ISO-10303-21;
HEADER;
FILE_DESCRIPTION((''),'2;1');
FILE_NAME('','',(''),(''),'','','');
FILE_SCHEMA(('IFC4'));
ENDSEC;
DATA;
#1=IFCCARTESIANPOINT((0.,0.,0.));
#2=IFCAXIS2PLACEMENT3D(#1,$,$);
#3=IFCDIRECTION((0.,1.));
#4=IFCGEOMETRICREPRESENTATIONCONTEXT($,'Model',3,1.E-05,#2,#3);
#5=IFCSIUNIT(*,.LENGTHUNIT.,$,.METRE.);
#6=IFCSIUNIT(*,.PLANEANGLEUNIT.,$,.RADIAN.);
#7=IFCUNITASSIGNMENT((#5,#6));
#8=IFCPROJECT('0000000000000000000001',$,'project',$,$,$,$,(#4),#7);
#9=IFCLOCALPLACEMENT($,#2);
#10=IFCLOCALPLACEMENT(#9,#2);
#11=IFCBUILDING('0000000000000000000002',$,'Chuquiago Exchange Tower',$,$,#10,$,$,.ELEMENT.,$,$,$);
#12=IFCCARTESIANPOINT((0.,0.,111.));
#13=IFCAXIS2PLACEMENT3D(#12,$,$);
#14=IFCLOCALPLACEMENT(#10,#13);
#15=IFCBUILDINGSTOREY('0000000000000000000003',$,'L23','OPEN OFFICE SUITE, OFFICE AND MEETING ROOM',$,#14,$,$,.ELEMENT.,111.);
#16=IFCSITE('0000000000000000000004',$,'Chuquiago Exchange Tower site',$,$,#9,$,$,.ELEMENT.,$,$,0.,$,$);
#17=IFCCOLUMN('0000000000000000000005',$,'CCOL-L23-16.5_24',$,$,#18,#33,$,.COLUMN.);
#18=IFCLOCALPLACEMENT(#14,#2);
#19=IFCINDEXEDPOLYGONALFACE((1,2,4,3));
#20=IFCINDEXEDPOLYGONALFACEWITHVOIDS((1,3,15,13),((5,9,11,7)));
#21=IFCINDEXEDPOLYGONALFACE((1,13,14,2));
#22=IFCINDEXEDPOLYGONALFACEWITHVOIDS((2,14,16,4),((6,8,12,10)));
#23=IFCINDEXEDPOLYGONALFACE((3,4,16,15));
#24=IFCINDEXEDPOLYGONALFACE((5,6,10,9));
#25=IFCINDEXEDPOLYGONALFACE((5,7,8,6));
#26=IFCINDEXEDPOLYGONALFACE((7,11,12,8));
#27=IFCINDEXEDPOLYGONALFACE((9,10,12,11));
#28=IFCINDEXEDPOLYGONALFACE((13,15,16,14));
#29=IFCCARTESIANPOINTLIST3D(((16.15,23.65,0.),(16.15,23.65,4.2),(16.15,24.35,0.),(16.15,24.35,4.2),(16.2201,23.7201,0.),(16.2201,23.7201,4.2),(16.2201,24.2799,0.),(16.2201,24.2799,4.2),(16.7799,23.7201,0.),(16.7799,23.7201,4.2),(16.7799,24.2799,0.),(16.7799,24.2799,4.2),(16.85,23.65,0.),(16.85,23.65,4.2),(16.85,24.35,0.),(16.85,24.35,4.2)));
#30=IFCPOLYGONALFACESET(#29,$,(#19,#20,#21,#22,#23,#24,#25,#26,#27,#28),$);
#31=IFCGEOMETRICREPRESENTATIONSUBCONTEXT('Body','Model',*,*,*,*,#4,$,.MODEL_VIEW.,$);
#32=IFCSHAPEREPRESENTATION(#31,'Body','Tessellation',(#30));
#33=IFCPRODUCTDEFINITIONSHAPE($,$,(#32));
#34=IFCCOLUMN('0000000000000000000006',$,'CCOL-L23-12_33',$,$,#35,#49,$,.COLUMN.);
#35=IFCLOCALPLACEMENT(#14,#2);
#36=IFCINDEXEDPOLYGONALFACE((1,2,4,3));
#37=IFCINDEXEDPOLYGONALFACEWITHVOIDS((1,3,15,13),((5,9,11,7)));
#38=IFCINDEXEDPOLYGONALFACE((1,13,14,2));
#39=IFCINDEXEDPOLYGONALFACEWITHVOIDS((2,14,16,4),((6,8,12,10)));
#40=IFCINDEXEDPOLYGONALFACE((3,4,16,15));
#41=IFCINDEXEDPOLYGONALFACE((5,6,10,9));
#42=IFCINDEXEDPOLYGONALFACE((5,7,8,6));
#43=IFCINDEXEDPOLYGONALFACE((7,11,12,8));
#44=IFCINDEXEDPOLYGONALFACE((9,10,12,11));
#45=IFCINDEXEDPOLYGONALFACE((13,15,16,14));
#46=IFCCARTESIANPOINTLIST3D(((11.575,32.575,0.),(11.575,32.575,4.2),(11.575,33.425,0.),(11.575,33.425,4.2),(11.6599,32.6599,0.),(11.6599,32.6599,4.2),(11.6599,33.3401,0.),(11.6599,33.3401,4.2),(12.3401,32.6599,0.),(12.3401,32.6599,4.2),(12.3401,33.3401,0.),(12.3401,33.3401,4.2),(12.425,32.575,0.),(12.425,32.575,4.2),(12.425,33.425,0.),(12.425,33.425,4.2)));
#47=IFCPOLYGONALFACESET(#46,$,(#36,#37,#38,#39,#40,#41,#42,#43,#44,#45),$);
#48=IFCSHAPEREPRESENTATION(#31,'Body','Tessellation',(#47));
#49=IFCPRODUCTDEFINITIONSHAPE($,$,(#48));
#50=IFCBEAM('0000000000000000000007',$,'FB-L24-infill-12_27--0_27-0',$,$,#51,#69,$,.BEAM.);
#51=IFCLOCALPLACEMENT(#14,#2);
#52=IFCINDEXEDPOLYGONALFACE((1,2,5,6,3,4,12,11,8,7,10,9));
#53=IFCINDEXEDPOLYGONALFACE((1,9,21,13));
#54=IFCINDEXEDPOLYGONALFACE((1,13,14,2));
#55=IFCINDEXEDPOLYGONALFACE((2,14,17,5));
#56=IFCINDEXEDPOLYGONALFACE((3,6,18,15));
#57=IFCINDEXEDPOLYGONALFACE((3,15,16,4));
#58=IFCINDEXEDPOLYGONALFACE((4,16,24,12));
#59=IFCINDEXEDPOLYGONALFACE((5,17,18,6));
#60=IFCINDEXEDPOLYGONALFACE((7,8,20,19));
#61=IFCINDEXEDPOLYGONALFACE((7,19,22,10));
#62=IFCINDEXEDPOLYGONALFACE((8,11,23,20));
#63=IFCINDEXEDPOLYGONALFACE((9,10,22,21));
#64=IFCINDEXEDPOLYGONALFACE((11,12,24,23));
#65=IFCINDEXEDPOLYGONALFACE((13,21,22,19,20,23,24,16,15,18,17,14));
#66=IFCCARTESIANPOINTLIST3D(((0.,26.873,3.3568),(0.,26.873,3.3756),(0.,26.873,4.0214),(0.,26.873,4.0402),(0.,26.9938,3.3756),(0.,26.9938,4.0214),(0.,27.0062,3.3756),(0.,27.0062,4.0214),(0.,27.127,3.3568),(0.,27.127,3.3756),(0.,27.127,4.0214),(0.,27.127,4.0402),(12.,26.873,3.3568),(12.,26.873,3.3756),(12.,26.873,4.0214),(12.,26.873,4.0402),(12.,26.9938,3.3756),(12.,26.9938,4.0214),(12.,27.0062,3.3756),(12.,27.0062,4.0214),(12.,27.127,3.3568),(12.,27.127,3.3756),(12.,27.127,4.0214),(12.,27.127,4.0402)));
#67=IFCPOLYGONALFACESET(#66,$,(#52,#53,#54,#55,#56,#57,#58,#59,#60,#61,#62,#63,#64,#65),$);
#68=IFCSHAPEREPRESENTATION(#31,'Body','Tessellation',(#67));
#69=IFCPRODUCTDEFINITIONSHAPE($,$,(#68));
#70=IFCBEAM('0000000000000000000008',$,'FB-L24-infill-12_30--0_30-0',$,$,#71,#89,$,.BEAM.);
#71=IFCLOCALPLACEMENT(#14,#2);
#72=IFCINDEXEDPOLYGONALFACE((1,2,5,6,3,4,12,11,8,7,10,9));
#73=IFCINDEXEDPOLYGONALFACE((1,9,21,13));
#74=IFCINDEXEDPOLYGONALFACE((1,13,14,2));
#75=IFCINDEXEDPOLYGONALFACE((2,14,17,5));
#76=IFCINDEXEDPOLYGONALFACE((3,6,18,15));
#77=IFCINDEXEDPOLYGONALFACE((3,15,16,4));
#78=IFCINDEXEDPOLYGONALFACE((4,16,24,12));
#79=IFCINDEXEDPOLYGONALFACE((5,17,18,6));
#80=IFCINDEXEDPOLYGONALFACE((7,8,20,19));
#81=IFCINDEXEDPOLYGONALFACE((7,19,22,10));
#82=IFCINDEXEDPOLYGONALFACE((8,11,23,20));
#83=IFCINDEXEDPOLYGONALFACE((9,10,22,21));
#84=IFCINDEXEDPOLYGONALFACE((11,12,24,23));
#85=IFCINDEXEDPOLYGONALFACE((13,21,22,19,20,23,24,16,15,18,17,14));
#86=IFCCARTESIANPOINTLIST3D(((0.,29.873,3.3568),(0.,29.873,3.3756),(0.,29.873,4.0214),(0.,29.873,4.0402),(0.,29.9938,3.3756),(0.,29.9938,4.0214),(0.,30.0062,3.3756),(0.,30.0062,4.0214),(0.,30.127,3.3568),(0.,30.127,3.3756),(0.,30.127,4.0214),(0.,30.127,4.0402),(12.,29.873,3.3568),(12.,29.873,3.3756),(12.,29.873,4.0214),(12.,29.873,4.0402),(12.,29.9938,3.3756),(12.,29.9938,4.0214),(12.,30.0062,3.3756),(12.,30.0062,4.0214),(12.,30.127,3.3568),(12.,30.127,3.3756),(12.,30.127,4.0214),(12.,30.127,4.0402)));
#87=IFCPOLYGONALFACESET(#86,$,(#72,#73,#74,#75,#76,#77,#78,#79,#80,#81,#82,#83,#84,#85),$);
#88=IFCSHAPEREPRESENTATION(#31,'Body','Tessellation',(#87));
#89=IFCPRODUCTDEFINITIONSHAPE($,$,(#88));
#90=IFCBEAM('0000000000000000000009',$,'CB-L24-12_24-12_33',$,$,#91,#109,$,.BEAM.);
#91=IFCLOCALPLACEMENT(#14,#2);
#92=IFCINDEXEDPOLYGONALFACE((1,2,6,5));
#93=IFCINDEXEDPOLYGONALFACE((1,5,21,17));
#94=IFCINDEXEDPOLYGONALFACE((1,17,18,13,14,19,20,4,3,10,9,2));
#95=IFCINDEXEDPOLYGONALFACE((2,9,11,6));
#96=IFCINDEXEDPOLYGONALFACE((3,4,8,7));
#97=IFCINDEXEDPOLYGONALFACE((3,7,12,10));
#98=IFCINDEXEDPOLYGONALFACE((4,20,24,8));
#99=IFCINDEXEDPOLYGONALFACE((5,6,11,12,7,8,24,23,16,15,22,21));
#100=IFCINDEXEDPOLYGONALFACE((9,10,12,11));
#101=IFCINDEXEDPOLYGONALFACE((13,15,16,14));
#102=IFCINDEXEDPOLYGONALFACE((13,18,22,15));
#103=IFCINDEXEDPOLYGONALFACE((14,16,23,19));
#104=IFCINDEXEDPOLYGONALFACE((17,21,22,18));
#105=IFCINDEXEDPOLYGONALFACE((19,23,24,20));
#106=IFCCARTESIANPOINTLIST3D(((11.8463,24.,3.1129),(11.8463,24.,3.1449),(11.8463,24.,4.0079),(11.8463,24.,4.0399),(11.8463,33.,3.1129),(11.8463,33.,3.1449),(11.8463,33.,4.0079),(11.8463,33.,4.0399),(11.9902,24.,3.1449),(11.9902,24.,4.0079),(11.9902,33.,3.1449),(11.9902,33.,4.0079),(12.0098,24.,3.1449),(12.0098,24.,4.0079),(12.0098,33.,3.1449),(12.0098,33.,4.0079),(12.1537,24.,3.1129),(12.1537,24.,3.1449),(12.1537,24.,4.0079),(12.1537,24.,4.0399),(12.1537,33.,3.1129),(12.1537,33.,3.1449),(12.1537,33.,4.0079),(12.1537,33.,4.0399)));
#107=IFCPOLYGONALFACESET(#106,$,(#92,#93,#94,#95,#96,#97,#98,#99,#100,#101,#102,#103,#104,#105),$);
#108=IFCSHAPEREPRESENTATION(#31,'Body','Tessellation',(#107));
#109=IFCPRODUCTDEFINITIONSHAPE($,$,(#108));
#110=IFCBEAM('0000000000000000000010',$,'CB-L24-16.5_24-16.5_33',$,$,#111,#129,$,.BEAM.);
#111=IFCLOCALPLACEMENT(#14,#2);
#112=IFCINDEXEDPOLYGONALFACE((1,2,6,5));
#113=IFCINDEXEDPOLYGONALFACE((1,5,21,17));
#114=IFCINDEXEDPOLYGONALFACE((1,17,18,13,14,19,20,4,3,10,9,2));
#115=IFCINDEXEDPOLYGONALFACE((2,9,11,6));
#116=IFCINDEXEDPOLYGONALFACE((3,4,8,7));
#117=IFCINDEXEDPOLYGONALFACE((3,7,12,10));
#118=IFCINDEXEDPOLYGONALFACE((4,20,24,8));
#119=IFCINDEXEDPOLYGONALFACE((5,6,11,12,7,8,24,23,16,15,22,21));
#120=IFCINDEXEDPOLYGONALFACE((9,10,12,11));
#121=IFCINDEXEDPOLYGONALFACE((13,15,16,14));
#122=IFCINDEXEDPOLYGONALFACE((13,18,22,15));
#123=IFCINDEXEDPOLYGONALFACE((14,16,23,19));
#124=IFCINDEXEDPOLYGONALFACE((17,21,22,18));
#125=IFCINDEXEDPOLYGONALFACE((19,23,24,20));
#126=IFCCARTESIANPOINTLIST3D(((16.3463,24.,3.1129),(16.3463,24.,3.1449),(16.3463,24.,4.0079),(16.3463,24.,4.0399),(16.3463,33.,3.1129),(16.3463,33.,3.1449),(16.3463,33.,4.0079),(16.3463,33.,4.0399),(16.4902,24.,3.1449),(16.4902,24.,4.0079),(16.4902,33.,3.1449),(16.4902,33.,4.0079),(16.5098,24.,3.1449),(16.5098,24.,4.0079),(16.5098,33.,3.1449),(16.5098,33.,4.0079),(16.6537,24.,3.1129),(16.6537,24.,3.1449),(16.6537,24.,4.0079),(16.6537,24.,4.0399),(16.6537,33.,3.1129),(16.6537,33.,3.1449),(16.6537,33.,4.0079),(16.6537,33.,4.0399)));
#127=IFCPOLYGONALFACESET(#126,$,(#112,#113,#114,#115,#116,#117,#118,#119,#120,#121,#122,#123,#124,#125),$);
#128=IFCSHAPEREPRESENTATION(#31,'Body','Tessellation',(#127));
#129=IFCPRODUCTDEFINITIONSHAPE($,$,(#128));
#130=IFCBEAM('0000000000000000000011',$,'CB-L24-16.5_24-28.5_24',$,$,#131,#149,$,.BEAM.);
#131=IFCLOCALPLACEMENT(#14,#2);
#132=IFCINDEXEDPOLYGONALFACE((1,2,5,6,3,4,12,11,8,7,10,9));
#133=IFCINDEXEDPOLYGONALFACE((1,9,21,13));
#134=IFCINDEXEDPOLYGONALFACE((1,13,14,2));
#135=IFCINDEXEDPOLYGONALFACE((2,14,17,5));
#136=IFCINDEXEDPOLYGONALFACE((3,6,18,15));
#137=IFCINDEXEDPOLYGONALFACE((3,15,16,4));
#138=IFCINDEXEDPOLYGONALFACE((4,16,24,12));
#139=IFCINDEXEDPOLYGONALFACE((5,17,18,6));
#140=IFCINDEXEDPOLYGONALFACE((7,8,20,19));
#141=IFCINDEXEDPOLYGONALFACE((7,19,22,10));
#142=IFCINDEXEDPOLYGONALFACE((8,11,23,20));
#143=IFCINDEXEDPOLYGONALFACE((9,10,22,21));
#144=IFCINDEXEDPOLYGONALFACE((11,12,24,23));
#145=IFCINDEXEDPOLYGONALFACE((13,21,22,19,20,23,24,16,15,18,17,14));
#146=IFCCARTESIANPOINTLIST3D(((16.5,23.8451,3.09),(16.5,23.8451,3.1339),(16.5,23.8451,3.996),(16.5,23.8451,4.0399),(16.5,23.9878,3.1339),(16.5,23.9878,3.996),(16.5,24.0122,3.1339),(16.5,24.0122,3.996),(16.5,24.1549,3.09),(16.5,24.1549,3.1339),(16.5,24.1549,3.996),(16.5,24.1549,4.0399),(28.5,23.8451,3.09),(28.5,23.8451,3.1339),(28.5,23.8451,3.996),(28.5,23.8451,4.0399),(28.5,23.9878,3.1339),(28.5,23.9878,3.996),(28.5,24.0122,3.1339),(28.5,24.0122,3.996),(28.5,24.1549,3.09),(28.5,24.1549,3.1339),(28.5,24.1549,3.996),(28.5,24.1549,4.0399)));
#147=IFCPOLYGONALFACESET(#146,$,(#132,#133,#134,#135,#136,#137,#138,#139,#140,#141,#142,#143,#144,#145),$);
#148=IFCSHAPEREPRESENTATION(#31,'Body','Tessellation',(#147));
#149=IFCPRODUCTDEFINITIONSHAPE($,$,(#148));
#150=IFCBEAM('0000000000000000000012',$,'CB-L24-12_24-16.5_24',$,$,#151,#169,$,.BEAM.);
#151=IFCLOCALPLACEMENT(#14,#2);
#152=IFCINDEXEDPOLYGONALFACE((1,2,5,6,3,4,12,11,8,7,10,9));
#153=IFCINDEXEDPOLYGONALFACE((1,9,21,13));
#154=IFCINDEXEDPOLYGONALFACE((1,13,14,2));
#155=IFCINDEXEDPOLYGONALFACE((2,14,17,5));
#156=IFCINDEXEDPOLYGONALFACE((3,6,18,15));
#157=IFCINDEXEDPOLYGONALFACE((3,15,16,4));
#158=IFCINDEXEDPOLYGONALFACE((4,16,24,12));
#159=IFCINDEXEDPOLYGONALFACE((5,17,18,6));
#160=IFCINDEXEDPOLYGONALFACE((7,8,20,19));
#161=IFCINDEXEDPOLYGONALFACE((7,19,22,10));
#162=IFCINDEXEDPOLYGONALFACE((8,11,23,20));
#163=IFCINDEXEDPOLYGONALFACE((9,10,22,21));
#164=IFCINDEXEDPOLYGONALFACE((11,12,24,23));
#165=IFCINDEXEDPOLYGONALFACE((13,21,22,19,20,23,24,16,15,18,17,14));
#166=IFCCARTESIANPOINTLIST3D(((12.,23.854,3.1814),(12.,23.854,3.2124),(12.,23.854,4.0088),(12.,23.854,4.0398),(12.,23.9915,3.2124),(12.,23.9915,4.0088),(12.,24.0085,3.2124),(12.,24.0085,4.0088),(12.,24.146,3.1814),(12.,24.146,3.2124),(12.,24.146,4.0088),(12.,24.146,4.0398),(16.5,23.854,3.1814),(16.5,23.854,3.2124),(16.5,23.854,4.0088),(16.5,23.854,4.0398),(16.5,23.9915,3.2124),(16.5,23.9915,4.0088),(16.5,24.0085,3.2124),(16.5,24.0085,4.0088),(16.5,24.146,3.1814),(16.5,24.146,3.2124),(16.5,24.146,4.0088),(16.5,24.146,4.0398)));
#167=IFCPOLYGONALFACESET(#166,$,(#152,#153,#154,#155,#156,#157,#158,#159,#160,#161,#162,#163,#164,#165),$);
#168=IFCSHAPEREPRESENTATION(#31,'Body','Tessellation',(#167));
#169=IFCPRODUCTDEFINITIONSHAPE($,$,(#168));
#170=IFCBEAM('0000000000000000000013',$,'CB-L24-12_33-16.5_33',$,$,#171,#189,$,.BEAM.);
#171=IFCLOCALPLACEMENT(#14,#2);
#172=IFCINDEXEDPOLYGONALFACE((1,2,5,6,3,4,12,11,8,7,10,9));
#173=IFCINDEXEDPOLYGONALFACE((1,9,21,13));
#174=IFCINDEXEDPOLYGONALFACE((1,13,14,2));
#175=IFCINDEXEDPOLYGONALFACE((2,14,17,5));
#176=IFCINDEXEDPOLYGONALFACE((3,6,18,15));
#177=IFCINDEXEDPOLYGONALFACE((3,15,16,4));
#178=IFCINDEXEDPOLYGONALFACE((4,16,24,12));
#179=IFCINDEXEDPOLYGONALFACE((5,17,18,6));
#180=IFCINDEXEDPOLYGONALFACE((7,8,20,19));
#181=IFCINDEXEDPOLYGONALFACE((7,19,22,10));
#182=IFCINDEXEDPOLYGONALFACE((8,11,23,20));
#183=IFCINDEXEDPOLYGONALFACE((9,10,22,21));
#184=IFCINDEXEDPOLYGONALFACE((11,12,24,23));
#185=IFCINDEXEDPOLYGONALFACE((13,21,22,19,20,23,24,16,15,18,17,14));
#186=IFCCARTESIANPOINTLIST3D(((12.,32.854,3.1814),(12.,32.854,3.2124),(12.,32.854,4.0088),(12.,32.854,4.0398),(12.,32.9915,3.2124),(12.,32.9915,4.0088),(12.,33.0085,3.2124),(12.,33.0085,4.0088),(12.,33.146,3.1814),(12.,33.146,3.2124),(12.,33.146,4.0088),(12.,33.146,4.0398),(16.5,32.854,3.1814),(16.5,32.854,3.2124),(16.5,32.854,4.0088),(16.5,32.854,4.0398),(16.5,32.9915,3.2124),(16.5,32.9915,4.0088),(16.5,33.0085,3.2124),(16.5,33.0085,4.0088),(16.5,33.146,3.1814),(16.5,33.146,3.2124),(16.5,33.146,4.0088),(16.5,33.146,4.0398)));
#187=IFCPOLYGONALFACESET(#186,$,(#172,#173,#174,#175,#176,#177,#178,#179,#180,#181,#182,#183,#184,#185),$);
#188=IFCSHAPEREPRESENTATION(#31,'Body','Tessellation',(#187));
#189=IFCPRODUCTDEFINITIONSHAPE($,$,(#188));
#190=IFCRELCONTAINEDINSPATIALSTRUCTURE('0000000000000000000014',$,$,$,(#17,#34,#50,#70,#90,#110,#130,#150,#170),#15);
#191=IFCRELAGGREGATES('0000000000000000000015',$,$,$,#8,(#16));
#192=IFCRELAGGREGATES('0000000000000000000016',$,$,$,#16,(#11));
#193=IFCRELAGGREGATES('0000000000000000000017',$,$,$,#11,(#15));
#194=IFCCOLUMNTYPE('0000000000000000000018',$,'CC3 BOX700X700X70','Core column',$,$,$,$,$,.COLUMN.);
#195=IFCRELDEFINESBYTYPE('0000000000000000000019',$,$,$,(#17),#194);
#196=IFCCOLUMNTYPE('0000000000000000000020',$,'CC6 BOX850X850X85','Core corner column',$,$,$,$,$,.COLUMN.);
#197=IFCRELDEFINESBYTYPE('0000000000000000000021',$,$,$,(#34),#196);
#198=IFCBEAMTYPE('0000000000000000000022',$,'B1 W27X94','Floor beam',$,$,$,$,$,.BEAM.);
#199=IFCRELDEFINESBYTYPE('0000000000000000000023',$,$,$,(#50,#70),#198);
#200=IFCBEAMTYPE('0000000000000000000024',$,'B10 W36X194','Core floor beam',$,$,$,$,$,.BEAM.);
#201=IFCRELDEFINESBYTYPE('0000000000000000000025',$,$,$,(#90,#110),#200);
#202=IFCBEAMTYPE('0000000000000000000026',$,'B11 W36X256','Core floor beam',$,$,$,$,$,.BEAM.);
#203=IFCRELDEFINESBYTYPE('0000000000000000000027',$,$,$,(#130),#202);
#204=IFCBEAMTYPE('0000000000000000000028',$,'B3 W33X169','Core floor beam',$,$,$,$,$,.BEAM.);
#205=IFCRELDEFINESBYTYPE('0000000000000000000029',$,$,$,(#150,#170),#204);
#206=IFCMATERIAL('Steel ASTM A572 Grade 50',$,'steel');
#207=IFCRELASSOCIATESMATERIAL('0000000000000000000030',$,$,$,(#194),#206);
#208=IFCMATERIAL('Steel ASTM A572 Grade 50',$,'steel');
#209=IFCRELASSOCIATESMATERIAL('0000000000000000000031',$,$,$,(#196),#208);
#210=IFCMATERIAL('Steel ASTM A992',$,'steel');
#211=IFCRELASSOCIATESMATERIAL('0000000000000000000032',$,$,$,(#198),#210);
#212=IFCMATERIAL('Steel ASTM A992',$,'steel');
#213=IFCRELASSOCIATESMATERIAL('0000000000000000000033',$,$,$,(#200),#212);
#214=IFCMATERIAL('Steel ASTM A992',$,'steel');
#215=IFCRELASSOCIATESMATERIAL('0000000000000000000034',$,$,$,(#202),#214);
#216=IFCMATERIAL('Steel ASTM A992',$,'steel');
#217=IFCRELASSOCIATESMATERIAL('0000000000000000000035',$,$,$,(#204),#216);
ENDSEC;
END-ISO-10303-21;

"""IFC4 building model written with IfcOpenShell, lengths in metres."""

from ifc_helpers import new_model, si_unit, direction, frame, origin, origin_2d, place, context, subcontext, project, spatial, hollow_rectangle, i_section, extrude, material, material_profile, profile_set, type_object, element, save


model = new_model("IFC4")

# Units and contexts
model_context = context("Model", 3, precision=1e-05, world=origin(), true_north=direction((0.0, 1.0)))
body_context = subcontext(model_context, "Body", "Model", "MODEL_VIEW")
ifc_project = project(units=[si_unit("LENGTHUNIT", "METRE"), si_unit("PLANEANGLEUNIT", "RADIAN")], contexts=[model_context])

# Site, building, storey
site_placement = place(None, origin())
site = spatial("IfcSite", under=ifc_project, at=site_placement, Name="Chuquiago Exchange Tower site", CompositionType="ELEMENT", RefElevation=0.0)
building_placement = place(site_placement, origin())
building = spatial("IfcBuilding", under=site, at=building_placement, Name="Chuquiago Exchange Tower", CompositionType="ELEMENT")
storey_placement = place(building_placement, frame((0.0, 0.0, 111.0)))
storey = spatial("IfcBuildingStorey", under=building, at=storey_placement, Name="L23", Description="OPEN OFFICE SUITE, OFFICE AND MEETING ROOM", CompositionType="ELEMENT", Elevation=111.0)

# Columns
ifc_material_1 = material(Name="Steel ASTM A572 Grade 50", Category="steel")
ifc_material_profile_1 = material_profile(ifc_material_1, hollow_rectangle(XDim=0.7, YDim=0.7, WallThickness=0.0701, at=origin_2d()), Name="BOX700X700X70")
ifc_profile_set_1 = profile_set([ifc_material_profile_1], Name="Steel ASTM A572 Grade 50")
column_type_1 = type_object("IfcColumnType", Name="CC3 BOX700X700X70", Description="Core column", PredefinedType="COLUMN", material=ifc_profile_set_1)
column_1_placement = place(storey_placement, frame((16.5, 24.0, 0.0), z_axis=(0.0, 0.0, 1.0), x_axis=(1.0, 0.0, 0.0)))
element("IfcColumn", 1, at=column_1_placement, inside=storey, type_object=column_type_1, Name="CCOL-L23-16.5_24", PredefinedType="COLUMN", context=body_context, shape_type="SweptSolid", body=[
    extrude(hollow_rectangle(XDim=0.7, YDim=0.7, WallThickness=0.0701, at=origin_2d()), origin(), (0.0, 0.0, 1.0), 4.2),
])
ifc_material_2 = material(Name="Steel ASTM A572 Grade 50", Category="steel")
ifc_material_profile_2 = material_profile(ifc_material_2, hollow_rectangle(XDim=0.8501, YDim=0.8501, WallThickness=0.085, at=origin_2d()), Name="BOX850X850X85")
ifc_profile_set_2 = profile_set([ifc_material_profile_2], Name="Steel ASTM A572 Grade 50")
column_type_2 = type_object("IfcColumnType", Name="CC6 BOX850X850X85", Description="Core corner column", PredefinedType="COLUMN", material=ifc_profile_set_2)
column_2_placement = place(storey_placement, frame((12.0, 33.0, 0.0), z_axis=(0.0, 0.0, 1.0), x_axis=(1.0, 0.0, 0.0)))
element("IfcColumn", 2, at=column_2_placement, inside=storey, type_object=column_type_2, Name="CCOL-L23-12_33", PredefinedType="COLUMN", context=body_context, shape_type="SweptSolid", body=[
    extrude(hollow_rectangle(XDim=0.8501, YDim=0.8501, WallThickness=0.085, at=origin_2d()), origin(), (0.0, 0.0, 1.0), 4.2),
])

# Beams
ifc_material_3 = material(Name="Steel ASTM A992", Category="steel")
ifc_material_profile_3 = material_profile(ifc_material_3, i_section(OverallWidth=0.2539, OverallDepth=0.6833, WebThickness=0.0125, FlangeThickness=0.0188, at=origin_2d()), Name="W27X94")
ifc_profile_set_3 = profile_set([ifc_material_profile_3], Name="Steel ASTM A992")
beam_type_1 = type_object("IfcBeamType", Name="B1 W27X94", Description="Floor beam", PredefinedType="BEAM", material=ifc_profile_set_3)
for number, where, z_axis, x_axis, name in (
    (3, (12.0, 27.0, 3.6985), (-1.0, 0.0, 0.0), (0.0, -1.0, 0.0), "FB-L24-infill-12_27--0_27-0"),
    (4, (12.0, 30.0, 3.6985), (-1.0, 0.0, 0.0), (0.0, -1.0, 0.0), "FB-L24-infill-12_30--0_30-0"),
):
    element("IfcBeam", number, at=place(storey_placement, frame(where, z_axis=z_axis, x_axis=x_axis)), inside=storey, type_object=beam_type_1, Name=name, PredefinedType="BEAM", context=body_context, shape_type="SweptSolid", body=[
        extrude(i_section(OverallWidth=0.2539, OverallDepth=0.6833, WebThickness=0.0125, FlangeThickness=0.0188, at=origin_2d()), origin(), (0.0, 0.0, 1.0), 12.0),
    ])
ifc_material_4 = material(Name="Steel ASTM A992", Category="steel")
ifc_material_profile_4 = material_profile(ifc_material_4, i_section(OverallWidth=0.3074, OverallDepth=0.927, WebThickness=0.0195, FlangeThickness=0.032, at=origin_2d()), Name="W36X194")
ifc_profile_set_4 = profile_set([ifc_material_profile_4], Name="Steel ASTM A992")
beam_type_2 = type_object("IfcBeamType", Name="B10 W36X194", Description="Core floor beam", PredefinedType="BEAM", material=ifc_profile_set_4)
for number, where, z_axis, x_axis, name in (
    (5, (12.0, 24.0, 3.5764), (0.0, 1.0, 0.0), (-1.0, 0.0, 0.0), "CB-L24-12_24-12_33"),
    (6, (16.5, 24.0, 3.5764), (0.0, 1.0, 0.0), (-1.0, 0.0, 0.0), "CB-L24-16.5_24-16.5_33"),
):
    element("IfcBeam", number, at=place(storey_placement, frame(where, z_axis=z_axis, x_axis=x_axis)), inside=storey, type_object=beam_type_2, Name=name, PredefinedType="BEAM", context=body_context, shape_type="SweptSolid", body=[
        extrude(i_section(OverallWidth=0.3074, OverallDepth=0.927, WebThickness=0.0195, FlangeThickness=0.032, at=origin_2d()), origin(), (0.0, 0.0, 1.0), 9.0),
    ])
ifc_material_5 = material(Name="Steel ASTM A992", Category="steel")
ifc_material_profile_5 = material_profile(ifc_material_5, i_section(OverallWidth=0.3098, OverallDepth=0.95, WebThickness=0.0244, FlangeThickness=0.0439, at=origin_2d()), Name="W36X256")
ifc_profile_set_5 = profile_set([ifc_material_profile_5], Name="Steel ASTM A992")
beam_type_3 = type_object("IfcBeamType", Name="B11 W36X256", Description="Core floor beam", PredefinedType="BEAM", material=ifc_profile_set_5)
beam_placement = place(storey_placement, frame((16.5, 24.0, 3.5649), z_axis=(1.0, 0.0, 0.0), x_axis=(0.0, 1.0, 0.0)))
element("IfcBeam", 7, at=beam_placement, inside=storey, type_object=beam_type_3, Name="CB-L24-16.5_24-28.5_24", PredefinedType="BEAM", context=body_context, shape_type="SweptSolid", body=[
    extrude(i_section(OverallWidth=0.3098, OverallDepth=0.95, WebThickness=0.0244, FlangeThickness=0.0439, at=origin_2d()), origin(), (0.0, 0.0, 1.0), 12.0),
])
ifc_material_6 = material(Name="Steel ASTM A992", Category="steel")
ifc_material_profile_6 = material_profile(ifc_material_6, i_section(OverallWidth=0.292, OverallDepth=0.8584, WebThickness=0.0171, FlangeThickness=0.031, at=origin_2d()), Name="W33X169")
ifc_profile_set_6 = profile_set([ifc_material_profile_6], Name="Steel ASTM A992")
beam_type_4 = type_object("IfcBeamType", Name="B3 W33X169", Description="Core floor beam", PredefinedType="BEAM", material=ifc_profile_set_6)
for number, where, z_axis, x_axis, name in (
    (8, (12.0, 24.0, 3.6106), (1.0, 0.0, 0.0), (0.0, 1.0, 0.0), "CB-L24-12_24-16.5_24"),
    (9, (12.0, 33.0, 3.6106), (1.0, 0.0, 0.0), (0.0, 1.0, 0.0), "CB-L24-12_33-16.5_33"),
):
    element("IfcBeam", number, at=place(storey_placement, frame(where, z_axis=z_axis, x_axis=x_axis)), inside=storey, type_object=beam_type_4, Name=name, PredefinedType="BEAM", context=body_context, shape_type="SweptSolid", body=[
        extrude(i_section(OverallWidth=0.292, OverallDepth=0.8584, WebThickness=0.0171, FlangeThickness=0.031, at=origin_2d()), origin(), (0.0, 0.0, 1.0), 4.5),
    ])

save(model, "model.ifc")
